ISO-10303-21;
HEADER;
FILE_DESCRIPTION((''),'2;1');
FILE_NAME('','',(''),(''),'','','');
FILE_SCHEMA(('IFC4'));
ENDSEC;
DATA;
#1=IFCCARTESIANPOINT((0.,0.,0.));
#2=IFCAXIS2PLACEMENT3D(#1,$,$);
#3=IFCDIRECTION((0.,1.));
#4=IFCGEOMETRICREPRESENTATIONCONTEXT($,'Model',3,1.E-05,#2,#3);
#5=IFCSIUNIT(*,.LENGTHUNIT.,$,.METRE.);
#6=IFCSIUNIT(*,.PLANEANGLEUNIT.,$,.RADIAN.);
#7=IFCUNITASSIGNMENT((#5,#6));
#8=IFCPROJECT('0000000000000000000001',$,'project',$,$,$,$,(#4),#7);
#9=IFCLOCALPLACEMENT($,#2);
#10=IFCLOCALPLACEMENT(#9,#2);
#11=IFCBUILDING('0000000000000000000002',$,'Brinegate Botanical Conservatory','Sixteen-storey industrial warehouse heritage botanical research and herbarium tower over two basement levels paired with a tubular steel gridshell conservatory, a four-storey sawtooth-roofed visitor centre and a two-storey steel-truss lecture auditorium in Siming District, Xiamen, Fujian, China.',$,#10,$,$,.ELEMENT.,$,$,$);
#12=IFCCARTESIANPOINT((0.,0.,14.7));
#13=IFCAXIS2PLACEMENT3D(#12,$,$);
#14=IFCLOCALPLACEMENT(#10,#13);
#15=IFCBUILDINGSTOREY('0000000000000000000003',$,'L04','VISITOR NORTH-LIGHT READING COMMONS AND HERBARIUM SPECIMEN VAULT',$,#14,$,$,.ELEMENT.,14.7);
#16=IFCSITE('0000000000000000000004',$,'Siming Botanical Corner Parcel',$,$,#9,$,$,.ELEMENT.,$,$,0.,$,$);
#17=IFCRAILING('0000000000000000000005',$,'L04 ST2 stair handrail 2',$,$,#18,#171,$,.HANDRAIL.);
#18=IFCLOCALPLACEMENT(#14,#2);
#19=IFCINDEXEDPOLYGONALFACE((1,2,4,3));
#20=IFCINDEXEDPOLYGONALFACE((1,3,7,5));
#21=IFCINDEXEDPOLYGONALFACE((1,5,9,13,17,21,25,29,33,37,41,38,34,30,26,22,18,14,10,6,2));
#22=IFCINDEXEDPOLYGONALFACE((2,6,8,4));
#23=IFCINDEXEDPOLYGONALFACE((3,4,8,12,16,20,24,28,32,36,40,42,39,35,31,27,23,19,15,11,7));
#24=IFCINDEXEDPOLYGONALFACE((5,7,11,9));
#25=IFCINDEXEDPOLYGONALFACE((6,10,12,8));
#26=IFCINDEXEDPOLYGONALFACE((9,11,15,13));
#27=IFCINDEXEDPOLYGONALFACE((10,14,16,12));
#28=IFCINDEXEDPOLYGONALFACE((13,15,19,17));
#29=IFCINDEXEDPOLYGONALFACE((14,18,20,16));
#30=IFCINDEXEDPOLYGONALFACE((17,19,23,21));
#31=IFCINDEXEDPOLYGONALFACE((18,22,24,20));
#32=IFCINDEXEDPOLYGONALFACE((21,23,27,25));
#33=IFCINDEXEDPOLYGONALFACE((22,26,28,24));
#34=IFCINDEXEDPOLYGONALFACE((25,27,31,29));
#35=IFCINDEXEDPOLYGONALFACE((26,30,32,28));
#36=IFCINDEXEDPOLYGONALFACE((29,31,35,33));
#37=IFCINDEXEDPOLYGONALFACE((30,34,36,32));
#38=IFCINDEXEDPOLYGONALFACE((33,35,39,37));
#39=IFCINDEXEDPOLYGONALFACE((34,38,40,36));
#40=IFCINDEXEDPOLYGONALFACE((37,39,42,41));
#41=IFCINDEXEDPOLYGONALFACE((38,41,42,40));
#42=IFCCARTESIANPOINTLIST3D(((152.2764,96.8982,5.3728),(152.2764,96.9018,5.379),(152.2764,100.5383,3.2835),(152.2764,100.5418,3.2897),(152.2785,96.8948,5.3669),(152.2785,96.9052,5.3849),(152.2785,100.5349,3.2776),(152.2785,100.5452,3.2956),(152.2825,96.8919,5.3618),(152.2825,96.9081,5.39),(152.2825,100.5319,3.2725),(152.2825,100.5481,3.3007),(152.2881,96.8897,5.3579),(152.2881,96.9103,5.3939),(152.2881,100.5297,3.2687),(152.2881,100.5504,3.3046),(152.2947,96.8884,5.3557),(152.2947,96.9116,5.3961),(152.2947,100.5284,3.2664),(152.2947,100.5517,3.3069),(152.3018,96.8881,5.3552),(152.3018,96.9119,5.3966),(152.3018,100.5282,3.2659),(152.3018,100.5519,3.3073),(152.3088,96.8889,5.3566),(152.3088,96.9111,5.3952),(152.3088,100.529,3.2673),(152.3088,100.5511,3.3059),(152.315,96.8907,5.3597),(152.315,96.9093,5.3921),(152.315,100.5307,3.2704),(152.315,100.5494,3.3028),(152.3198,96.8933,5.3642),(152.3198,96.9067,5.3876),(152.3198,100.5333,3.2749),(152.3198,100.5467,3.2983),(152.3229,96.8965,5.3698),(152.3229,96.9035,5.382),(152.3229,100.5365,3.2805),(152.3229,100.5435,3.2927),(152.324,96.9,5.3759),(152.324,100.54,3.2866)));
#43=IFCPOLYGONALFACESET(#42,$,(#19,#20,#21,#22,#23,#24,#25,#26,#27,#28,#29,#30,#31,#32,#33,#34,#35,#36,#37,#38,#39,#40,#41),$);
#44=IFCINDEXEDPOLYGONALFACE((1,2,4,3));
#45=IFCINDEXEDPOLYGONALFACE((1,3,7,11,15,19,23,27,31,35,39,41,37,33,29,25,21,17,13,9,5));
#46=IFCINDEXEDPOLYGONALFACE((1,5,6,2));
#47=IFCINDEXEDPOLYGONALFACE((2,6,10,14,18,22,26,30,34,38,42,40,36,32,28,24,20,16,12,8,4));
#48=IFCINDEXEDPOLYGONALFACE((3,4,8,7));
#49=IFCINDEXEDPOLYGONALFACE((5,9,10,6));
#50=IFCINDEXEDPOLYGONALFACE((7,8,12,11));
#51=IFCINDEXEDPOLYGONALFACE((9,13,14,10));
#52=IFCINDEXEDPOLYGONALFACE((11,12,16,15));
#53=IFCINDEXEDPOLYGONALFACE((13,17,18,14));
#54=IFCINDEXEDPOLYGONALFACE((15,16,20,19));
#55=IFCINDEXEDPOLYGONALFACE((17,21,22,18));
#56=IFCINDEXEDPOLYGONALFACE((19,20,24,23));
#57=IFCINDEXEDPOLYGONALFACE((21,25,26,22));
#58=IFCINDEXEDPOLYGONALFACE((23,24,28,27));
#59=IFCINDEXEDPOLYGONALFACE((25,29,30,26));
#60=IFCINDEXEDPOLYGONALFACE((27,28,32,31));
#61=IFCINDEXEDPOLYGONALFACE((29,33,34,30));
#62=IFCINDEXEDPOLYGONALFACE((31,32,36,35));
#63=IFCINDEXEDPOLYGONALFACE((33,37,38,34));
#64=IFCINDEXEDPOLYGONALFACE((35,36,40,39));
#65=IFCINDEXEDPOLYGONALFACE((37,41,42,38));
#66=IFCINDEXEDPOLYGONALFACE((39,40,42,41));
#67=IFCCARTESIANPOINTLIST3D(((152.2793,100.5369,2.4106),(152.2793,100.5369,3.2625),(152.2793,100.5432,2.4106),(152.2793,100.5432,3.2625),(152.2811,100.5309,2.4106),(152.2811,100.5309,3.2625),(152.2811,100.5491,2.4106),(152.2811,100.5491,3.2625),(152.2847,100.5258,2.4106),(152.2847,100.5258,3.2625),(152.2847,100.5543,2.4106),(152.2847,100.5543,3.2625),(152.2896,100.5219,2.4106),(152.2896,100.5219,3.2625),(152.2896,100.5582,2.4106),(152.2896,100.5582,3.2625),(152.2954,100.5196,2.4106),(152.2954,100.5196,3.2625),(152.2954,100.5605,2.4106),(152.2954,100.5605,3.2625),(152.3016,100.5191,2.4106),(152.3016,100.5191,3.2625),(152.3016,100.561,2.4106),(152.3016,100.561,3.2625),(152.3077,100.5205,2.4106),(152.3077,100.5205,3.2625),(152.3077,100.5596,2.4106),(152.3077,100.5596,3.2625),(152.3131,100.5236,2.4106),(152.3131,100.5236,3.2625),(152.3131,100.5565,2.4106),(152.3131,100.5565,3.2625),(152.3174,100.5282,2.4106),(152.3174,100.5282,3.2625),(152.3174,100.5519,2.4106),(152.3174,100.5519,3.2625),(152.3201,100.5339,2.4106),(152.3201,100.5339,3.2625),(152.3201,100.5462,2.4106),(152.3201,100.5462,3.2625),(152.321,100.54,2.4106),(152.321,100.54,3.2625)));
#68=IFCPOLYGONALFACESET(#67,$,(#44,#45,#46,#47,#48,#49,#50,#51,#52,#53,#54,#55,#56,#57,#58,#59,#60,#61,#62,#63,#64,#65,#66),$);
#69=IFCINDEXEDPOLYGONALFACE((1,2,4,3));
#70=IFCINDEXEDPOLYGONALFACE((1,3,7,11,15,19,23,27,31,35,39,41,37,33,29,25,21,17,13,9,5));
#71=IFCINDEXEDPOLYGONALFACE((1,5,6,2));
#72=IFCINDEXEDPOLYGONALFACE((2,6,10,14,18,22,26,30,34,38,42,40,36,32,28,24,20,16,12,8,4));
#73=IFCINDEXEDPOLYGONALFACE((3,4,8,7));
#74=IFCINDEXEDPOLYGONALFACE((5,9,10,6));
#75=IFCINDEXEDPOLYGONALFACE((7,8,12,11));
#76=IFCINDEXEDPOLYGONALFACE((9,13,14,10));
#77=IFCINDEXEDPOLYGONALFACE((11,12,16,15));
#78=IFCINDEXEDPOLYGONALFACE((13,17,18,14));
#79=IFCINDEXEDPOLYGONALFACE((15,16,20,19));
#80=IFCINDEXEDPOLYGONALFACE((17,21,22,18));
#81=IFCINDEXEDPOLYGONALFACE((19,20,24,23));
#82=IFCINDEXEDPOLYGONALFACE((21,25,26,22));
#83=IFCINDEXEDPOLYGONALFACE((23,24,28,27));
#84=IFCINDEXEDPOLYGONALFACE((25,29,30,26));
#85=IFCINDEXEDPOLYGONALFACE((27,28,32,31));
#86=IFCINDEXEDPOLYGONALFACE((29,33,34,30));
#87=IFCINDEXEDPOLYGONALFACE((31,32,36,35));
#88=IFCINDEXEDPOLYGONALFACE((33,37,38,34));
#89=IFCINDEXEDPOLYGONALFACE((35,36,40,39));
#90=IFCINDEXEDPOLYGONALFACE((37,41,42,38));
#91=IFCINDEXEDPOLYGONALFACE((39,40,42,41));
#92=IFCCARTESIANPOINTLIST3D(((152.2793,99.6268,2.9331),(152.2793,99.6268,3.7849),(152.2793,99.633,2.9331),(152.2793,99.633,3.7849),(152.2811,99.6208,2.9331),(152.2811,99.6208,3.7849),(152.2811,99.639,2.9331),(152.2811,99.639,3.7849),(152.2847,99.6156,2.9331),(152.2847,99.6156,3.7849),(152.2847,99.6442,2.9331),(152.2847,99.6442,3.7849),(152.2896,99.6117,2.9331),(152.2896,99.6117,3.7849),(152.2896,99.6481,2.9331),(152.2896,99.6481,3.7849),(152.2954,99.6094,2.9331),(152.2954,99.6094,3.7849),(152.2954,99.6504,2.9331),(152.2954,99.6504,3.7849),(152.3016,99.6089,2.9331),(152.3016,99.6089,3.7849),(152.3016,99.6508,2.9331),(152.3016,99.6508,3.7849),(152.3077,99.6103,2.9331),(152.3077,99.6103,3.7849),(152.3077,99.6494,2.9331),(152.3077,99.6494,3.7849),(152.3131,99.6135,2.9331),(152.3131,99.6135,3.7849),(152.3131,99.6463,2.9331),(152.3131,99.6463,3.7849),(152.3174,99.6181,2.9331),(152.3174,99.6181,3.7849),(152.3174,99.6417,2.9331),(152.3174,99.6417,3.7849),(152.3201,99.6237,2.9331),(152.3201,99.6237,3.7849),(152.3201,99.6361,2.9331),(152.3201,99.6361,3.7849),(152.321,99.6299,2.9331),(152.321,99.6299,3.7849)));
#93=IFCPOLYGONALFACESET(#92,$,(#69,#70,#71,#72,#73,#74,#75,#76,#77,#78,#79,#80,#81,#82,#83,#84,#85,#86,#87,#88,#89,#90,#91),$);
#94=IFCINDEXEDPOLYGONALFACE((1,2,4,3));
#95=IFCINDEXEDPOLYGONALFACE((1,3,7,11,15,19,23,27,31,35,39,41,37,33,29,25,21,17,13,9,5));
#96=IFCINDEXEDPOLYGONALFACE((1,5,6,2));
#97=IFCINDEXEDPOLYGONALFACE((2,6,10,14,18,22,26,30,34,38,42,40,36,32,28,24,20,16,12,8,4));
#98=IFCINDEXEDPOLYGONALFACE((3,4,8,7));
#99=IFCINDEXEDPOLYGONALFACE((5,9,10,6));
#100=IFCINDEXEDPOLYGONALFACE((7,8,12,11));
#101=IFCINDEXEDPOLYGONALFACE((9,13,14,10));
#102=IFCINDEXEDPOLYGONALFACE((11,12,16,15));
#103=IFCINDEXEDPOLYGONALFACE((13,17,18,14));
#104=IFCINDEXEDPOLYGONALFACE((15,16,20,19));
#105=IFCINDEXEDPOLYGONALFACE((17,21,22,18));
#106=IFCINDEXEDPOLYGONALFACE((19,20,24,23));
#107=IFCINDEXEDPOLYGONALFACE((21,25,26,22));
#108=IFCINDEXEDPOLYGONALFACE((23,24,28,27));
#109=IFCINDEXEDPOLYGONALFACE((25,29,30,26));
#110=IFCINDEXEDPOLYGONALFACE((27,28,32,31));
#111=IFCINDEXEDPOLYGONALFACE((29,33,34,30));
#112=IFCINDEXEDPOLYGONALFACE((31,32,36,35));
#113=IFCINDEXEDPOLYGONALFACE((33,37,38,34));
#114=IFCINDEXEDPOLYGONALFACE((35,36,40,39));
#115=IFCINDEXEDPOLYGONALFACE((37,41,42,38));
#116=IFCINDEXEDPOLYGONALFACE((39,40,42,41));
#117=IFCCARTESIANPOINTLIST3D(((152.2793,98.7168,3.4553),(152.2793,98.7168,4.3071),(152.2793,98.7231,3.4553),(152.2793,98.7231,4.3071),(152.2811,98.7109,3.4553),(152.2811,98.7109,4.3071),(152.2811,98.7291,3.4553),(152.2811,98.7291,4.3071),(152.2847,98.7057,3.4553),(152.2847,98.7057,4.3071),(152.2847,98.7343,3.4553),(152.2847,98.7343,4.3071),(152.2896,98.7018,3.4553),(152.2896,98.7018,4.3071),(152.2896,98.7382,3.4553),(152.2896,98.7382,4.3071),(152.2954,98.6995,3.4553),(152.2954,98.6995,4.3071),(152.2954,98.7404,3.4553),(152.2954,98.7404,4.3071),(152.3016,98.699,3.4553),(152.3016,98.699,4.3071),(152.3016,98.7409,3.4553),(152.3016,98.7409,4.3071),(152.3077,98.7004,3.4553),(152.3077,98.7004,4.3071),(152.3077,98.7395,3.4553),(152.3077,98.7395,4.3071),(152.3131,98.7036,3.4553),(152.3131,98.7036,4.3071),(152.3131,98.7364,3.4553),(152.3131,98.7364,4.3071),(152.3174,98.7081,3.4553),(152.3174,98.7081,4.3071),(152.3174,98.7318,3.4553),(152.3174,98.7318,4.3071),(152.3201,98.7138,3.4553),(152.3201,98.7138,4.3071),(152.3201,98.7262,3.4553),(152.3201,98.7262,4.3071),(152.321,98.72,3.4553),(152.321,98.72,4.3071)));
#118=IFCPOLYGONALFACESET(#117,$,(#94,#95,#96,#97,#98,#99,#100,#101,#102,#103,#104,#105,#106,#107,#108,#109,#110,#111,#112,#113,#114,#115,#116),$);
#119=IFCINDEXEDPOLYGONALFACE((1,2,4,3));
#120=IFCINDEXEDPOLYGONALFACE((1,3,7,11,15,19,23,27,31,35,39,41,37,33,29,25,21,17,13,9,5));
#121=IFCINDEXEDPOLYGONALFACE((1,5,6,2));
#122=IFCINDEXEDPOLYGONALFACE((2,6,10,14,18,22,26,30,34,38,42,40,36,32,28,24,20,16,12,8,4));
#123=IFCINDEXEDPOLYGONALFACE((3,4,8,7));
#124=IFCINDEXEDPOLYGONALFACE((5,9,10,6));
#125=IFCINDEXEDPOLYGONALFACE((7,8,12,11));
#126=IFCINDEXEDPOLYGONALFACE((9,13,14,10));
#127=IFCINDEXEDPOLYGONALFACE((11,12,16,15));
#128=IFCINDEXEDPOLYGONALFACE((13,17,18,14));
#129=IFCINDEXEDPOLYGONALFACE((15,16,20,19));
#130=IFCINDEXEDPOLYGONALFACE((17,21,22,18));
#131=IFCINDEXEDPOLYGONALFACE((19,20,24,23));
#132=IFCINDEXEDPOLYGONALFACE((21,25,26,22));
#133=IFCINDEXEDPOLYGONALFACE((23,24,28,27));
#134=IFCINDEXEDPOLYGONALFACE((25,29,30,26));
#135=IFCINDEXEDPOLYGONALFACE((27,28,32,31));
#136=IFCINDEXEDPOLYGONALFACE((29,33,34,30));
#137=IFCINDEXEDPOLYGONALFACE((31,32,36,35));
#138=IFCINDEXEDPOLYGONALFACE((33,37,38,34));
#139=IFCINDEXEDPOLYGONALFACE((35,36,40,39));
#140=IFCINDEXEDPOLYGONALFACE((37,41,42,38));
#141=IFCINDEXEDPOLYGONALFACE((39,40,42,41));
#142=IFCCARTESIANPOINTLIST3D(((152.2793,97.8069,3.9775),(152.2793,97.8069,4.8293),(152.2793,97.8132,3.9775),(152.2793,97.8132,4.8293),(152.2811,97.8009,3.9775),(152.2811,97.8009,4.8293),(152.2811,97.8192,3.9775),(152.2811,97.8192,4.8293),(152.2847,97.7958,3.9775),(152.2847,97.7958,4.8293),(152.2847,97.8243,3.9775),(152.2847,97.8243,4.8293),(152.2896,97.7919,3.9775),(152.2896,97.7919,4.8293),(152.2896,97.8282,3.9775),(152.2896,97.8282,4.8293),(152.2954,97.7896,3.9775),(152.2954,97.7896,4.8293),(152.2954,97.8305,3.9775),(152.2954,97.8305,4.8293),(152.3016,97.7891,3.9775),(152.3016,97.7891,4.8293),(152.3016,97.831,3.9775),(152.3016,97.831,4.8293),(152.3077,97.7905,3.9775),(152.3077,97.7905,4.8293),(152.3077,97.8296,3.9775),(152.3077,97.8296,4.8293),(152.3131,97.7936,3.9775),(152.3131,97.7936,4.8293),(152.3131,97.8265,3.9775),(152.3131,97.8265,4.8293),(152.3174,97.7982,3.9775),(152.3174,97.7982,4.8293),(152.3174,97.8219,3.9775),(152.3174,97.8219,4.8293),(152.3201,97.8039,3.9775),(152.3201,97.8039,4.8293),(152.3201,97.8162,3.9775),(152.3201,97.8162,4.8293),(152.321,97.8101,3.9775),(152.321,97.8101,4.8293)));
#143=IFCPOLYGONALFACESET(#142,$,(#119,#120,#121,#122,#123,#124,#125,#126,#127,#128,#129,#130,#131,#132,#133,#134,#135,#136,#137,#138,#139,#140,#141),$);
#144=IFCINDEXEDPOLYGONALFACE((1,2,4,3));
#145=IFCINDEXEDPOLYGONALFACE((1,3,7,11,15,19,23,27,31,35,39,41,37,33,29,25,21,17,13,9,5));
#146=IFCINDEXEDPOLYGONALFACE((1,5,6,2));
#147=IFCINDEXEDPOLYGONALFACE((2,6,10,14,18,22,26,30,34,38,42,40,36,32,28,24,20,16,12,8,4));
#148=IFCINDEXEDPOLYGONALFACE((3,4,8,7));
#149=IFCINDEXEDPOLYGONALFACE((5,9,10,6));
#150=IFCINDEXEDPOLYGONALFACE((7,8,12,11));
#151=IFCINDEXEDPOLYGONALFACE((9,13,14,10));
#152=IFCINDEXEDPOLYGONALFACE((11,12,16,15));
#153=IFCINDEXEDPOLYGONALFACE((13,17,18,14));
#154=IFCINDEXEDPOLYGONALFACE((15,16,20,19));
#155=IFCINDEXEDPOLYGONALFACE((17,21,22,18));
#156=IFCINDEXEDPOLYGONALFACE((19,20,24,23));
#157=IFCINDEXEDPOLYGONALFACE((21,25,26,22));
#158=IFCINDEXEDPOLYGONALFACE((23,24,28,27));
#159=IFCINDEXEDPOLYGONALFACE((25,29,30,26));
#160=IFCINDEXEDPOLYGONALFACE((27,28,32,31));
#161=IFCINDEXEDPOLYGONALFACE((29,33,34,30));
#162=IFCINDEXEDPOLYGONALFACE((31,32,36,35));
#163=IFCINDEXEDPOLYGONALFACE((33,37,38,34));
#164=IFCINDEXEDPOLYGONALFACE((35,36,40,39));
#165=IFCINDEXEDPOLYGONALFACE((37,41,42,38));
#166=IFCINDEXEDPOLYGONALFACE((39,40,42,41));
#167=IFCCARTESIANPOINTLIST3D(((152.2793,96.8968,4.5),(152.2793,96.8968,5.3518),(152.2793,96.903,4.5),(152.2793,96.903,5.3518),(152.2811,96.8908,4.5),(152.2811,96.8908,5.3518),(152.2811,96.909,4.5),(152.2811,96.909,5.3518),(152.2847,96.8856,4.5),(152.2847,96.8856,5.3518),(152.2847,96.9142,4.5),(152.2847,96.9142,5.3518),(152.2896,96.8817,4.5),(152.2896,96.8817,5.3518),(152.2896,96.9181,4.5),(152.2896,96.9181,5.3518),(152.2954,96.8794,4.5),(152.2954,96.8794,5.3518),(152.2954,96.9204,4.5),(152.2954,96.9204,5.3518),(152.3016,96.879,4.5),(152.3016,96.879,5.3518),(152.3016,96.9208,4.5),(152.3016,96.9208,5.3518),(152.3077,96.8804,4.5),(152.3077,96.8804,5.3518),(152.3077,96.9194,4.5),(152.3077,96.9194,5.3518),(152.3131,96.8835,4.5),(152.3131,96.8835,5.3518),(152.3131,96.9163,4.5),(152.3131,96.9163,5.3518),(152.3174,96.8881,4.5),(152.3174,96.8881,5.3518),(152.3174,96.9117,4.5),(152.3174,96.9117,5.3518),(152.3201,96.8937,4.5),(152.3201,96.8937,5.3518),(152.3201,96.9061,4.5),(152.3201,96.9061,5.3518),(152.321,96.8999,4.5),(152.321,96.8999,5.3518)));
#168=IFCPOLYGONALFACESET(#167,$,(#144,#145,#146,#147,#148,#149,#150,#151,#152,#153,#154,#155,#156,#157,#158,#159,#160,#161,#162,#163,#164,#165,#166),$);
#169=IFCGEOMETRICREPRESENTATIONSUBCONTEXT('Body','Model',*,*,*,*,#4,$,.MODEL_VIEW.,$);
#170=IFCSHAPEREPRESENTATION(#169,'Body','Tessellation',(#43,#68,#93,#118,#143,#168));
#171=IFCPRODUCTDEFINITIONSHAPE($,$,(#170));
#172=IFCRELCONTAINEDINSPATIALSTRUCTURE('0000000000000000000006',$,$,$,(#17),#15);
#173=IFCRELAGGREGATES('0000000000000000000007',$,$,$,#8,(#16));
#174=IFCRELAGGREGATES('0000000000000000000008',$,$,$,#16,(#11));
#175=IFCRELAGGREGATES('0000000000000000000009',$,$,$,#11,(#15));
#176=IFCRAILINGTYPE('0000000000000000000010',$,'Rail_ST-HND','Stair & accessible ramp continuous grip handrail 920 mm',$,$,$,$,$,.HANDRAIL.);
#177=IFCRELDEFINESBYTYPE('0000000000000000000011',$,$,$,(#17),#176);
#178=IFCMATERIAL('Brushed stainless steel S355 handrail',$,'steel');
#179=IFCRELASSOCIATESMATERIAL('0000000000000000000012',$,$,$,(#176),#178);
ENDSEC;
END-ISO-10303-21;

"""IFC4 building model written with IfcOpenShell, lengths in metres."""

from ifc_helpers import new_model, si_unit, direction, frame, origin, origin_2d, place, context, subcontext, project, spatial, circle, extrude, material, type_object, element, save


model = new_model("IFC4")

# Units and contexts
model_context = context("Model", 3, precision=1e-05, world=origin(), true_north=direction((0.0, 1.0)))
body_context = subcontext(model_context, "Body", "Model", "MODEL_VIEW")
ifc_project = project(units=[si_unit("LENGTHUNIT", "METRE"), si_unit("PLANEANGLEUNIT", "RADIAN")], contexts=[model_context])

# Site, building, storey
site_placement = place(None, origin())
site = spatial("IfcSite", under=ifc_project, at=site_placement, Name="Siming Botanical Corner Parcel", CompositionType="ELEMENT", RefElevation=0.0)
building_placement = place(site_placement, origin())
building = spatial("IfcBuilding", under=site, at=building_placement, Name="Brinegate Botanical Conservatory", Description="Sixteen-storey industrial warehouse heritage botanical research and herbarium tower over two basement levels paired with a tubular steel gridshell conservatory, a four-storey sawtooth-roofed visitor centre and a two-storey steel-truss lecture auditorium in Siming District, Xiamen, Fujian, China.", CompositionType="ELEMENT")
storey_placement = place(building_placement, frame((0.0, 0.0, 14.7)))
storey = spatial("IfcBuildingStorey", under=building, at=storey_placement, Name="L04", Description="VISITOR NORTH-LIGHT READING COMMONS AND HERBARIUM SPECIMEN VAULT", CompositionType="ELEMENT", Elevation=14.7)

# Railing
ifc_material_1 = material(Name="Brushed stainless steel S355 handrail", Category="steel")
railing_type_1 = type_object("IfcRailingType", Name="Rail_ST-HND", Description="Stair & accessible ramp continuous grip handrail 920 mm", PredefinedType="HANDRAIL", material=ifc_material_1)
railing_1_placement = place(storey_placement, frame((152.3, 100.54, 2.4106)))
element("IfcRailing", 1, at=railing_1_placement, inside=storey, type_object=railing_type_1, Name="L04 ST2 stair handrail 2", PredefinedType="HANDRAIL", context=body_context, shape_type="SweptSolid", body=[
    extrude(circle(Radius=0.0239, at=origin_2d()), frame((0.0, 0.0, 0.876), z_axis=(0.0, -0.867289, 0.497804), x_axis=(1.0, 0.0, 0.0)), (0.0, 0.0, 1.0), 4.197),
    extrude(circle(Radius=0.021, at=origin_2d()), origin(), (0.0, 0.0, 1.0), 0.8518),
    extrude(circle(Radius=0.021, at=origin_2d()), frame((0.0, -0.9102, 0.5225)), (0.0, 0.0, 1.0), 0.8518),
    extrude(circle(Radius=0.021, at=origin_2d()), frame((0.0, -1.8201, 1.0447)), (0.0, 0.0, 1.0), 0.8518),
    extrude(circle(Radius=0.021, at=origin_2d()), frame((0.0, -2.73, 1.5669)), (0.0, 0.0, 1.0), 0.8518),
    extrude(circle(Radius=0.021, at=origin_2d()), frame((0.0, -3.6401, 2.0894)), (0.0, 0.0, 1.0), 0.8518),
])

save(model, "model.ifc")
